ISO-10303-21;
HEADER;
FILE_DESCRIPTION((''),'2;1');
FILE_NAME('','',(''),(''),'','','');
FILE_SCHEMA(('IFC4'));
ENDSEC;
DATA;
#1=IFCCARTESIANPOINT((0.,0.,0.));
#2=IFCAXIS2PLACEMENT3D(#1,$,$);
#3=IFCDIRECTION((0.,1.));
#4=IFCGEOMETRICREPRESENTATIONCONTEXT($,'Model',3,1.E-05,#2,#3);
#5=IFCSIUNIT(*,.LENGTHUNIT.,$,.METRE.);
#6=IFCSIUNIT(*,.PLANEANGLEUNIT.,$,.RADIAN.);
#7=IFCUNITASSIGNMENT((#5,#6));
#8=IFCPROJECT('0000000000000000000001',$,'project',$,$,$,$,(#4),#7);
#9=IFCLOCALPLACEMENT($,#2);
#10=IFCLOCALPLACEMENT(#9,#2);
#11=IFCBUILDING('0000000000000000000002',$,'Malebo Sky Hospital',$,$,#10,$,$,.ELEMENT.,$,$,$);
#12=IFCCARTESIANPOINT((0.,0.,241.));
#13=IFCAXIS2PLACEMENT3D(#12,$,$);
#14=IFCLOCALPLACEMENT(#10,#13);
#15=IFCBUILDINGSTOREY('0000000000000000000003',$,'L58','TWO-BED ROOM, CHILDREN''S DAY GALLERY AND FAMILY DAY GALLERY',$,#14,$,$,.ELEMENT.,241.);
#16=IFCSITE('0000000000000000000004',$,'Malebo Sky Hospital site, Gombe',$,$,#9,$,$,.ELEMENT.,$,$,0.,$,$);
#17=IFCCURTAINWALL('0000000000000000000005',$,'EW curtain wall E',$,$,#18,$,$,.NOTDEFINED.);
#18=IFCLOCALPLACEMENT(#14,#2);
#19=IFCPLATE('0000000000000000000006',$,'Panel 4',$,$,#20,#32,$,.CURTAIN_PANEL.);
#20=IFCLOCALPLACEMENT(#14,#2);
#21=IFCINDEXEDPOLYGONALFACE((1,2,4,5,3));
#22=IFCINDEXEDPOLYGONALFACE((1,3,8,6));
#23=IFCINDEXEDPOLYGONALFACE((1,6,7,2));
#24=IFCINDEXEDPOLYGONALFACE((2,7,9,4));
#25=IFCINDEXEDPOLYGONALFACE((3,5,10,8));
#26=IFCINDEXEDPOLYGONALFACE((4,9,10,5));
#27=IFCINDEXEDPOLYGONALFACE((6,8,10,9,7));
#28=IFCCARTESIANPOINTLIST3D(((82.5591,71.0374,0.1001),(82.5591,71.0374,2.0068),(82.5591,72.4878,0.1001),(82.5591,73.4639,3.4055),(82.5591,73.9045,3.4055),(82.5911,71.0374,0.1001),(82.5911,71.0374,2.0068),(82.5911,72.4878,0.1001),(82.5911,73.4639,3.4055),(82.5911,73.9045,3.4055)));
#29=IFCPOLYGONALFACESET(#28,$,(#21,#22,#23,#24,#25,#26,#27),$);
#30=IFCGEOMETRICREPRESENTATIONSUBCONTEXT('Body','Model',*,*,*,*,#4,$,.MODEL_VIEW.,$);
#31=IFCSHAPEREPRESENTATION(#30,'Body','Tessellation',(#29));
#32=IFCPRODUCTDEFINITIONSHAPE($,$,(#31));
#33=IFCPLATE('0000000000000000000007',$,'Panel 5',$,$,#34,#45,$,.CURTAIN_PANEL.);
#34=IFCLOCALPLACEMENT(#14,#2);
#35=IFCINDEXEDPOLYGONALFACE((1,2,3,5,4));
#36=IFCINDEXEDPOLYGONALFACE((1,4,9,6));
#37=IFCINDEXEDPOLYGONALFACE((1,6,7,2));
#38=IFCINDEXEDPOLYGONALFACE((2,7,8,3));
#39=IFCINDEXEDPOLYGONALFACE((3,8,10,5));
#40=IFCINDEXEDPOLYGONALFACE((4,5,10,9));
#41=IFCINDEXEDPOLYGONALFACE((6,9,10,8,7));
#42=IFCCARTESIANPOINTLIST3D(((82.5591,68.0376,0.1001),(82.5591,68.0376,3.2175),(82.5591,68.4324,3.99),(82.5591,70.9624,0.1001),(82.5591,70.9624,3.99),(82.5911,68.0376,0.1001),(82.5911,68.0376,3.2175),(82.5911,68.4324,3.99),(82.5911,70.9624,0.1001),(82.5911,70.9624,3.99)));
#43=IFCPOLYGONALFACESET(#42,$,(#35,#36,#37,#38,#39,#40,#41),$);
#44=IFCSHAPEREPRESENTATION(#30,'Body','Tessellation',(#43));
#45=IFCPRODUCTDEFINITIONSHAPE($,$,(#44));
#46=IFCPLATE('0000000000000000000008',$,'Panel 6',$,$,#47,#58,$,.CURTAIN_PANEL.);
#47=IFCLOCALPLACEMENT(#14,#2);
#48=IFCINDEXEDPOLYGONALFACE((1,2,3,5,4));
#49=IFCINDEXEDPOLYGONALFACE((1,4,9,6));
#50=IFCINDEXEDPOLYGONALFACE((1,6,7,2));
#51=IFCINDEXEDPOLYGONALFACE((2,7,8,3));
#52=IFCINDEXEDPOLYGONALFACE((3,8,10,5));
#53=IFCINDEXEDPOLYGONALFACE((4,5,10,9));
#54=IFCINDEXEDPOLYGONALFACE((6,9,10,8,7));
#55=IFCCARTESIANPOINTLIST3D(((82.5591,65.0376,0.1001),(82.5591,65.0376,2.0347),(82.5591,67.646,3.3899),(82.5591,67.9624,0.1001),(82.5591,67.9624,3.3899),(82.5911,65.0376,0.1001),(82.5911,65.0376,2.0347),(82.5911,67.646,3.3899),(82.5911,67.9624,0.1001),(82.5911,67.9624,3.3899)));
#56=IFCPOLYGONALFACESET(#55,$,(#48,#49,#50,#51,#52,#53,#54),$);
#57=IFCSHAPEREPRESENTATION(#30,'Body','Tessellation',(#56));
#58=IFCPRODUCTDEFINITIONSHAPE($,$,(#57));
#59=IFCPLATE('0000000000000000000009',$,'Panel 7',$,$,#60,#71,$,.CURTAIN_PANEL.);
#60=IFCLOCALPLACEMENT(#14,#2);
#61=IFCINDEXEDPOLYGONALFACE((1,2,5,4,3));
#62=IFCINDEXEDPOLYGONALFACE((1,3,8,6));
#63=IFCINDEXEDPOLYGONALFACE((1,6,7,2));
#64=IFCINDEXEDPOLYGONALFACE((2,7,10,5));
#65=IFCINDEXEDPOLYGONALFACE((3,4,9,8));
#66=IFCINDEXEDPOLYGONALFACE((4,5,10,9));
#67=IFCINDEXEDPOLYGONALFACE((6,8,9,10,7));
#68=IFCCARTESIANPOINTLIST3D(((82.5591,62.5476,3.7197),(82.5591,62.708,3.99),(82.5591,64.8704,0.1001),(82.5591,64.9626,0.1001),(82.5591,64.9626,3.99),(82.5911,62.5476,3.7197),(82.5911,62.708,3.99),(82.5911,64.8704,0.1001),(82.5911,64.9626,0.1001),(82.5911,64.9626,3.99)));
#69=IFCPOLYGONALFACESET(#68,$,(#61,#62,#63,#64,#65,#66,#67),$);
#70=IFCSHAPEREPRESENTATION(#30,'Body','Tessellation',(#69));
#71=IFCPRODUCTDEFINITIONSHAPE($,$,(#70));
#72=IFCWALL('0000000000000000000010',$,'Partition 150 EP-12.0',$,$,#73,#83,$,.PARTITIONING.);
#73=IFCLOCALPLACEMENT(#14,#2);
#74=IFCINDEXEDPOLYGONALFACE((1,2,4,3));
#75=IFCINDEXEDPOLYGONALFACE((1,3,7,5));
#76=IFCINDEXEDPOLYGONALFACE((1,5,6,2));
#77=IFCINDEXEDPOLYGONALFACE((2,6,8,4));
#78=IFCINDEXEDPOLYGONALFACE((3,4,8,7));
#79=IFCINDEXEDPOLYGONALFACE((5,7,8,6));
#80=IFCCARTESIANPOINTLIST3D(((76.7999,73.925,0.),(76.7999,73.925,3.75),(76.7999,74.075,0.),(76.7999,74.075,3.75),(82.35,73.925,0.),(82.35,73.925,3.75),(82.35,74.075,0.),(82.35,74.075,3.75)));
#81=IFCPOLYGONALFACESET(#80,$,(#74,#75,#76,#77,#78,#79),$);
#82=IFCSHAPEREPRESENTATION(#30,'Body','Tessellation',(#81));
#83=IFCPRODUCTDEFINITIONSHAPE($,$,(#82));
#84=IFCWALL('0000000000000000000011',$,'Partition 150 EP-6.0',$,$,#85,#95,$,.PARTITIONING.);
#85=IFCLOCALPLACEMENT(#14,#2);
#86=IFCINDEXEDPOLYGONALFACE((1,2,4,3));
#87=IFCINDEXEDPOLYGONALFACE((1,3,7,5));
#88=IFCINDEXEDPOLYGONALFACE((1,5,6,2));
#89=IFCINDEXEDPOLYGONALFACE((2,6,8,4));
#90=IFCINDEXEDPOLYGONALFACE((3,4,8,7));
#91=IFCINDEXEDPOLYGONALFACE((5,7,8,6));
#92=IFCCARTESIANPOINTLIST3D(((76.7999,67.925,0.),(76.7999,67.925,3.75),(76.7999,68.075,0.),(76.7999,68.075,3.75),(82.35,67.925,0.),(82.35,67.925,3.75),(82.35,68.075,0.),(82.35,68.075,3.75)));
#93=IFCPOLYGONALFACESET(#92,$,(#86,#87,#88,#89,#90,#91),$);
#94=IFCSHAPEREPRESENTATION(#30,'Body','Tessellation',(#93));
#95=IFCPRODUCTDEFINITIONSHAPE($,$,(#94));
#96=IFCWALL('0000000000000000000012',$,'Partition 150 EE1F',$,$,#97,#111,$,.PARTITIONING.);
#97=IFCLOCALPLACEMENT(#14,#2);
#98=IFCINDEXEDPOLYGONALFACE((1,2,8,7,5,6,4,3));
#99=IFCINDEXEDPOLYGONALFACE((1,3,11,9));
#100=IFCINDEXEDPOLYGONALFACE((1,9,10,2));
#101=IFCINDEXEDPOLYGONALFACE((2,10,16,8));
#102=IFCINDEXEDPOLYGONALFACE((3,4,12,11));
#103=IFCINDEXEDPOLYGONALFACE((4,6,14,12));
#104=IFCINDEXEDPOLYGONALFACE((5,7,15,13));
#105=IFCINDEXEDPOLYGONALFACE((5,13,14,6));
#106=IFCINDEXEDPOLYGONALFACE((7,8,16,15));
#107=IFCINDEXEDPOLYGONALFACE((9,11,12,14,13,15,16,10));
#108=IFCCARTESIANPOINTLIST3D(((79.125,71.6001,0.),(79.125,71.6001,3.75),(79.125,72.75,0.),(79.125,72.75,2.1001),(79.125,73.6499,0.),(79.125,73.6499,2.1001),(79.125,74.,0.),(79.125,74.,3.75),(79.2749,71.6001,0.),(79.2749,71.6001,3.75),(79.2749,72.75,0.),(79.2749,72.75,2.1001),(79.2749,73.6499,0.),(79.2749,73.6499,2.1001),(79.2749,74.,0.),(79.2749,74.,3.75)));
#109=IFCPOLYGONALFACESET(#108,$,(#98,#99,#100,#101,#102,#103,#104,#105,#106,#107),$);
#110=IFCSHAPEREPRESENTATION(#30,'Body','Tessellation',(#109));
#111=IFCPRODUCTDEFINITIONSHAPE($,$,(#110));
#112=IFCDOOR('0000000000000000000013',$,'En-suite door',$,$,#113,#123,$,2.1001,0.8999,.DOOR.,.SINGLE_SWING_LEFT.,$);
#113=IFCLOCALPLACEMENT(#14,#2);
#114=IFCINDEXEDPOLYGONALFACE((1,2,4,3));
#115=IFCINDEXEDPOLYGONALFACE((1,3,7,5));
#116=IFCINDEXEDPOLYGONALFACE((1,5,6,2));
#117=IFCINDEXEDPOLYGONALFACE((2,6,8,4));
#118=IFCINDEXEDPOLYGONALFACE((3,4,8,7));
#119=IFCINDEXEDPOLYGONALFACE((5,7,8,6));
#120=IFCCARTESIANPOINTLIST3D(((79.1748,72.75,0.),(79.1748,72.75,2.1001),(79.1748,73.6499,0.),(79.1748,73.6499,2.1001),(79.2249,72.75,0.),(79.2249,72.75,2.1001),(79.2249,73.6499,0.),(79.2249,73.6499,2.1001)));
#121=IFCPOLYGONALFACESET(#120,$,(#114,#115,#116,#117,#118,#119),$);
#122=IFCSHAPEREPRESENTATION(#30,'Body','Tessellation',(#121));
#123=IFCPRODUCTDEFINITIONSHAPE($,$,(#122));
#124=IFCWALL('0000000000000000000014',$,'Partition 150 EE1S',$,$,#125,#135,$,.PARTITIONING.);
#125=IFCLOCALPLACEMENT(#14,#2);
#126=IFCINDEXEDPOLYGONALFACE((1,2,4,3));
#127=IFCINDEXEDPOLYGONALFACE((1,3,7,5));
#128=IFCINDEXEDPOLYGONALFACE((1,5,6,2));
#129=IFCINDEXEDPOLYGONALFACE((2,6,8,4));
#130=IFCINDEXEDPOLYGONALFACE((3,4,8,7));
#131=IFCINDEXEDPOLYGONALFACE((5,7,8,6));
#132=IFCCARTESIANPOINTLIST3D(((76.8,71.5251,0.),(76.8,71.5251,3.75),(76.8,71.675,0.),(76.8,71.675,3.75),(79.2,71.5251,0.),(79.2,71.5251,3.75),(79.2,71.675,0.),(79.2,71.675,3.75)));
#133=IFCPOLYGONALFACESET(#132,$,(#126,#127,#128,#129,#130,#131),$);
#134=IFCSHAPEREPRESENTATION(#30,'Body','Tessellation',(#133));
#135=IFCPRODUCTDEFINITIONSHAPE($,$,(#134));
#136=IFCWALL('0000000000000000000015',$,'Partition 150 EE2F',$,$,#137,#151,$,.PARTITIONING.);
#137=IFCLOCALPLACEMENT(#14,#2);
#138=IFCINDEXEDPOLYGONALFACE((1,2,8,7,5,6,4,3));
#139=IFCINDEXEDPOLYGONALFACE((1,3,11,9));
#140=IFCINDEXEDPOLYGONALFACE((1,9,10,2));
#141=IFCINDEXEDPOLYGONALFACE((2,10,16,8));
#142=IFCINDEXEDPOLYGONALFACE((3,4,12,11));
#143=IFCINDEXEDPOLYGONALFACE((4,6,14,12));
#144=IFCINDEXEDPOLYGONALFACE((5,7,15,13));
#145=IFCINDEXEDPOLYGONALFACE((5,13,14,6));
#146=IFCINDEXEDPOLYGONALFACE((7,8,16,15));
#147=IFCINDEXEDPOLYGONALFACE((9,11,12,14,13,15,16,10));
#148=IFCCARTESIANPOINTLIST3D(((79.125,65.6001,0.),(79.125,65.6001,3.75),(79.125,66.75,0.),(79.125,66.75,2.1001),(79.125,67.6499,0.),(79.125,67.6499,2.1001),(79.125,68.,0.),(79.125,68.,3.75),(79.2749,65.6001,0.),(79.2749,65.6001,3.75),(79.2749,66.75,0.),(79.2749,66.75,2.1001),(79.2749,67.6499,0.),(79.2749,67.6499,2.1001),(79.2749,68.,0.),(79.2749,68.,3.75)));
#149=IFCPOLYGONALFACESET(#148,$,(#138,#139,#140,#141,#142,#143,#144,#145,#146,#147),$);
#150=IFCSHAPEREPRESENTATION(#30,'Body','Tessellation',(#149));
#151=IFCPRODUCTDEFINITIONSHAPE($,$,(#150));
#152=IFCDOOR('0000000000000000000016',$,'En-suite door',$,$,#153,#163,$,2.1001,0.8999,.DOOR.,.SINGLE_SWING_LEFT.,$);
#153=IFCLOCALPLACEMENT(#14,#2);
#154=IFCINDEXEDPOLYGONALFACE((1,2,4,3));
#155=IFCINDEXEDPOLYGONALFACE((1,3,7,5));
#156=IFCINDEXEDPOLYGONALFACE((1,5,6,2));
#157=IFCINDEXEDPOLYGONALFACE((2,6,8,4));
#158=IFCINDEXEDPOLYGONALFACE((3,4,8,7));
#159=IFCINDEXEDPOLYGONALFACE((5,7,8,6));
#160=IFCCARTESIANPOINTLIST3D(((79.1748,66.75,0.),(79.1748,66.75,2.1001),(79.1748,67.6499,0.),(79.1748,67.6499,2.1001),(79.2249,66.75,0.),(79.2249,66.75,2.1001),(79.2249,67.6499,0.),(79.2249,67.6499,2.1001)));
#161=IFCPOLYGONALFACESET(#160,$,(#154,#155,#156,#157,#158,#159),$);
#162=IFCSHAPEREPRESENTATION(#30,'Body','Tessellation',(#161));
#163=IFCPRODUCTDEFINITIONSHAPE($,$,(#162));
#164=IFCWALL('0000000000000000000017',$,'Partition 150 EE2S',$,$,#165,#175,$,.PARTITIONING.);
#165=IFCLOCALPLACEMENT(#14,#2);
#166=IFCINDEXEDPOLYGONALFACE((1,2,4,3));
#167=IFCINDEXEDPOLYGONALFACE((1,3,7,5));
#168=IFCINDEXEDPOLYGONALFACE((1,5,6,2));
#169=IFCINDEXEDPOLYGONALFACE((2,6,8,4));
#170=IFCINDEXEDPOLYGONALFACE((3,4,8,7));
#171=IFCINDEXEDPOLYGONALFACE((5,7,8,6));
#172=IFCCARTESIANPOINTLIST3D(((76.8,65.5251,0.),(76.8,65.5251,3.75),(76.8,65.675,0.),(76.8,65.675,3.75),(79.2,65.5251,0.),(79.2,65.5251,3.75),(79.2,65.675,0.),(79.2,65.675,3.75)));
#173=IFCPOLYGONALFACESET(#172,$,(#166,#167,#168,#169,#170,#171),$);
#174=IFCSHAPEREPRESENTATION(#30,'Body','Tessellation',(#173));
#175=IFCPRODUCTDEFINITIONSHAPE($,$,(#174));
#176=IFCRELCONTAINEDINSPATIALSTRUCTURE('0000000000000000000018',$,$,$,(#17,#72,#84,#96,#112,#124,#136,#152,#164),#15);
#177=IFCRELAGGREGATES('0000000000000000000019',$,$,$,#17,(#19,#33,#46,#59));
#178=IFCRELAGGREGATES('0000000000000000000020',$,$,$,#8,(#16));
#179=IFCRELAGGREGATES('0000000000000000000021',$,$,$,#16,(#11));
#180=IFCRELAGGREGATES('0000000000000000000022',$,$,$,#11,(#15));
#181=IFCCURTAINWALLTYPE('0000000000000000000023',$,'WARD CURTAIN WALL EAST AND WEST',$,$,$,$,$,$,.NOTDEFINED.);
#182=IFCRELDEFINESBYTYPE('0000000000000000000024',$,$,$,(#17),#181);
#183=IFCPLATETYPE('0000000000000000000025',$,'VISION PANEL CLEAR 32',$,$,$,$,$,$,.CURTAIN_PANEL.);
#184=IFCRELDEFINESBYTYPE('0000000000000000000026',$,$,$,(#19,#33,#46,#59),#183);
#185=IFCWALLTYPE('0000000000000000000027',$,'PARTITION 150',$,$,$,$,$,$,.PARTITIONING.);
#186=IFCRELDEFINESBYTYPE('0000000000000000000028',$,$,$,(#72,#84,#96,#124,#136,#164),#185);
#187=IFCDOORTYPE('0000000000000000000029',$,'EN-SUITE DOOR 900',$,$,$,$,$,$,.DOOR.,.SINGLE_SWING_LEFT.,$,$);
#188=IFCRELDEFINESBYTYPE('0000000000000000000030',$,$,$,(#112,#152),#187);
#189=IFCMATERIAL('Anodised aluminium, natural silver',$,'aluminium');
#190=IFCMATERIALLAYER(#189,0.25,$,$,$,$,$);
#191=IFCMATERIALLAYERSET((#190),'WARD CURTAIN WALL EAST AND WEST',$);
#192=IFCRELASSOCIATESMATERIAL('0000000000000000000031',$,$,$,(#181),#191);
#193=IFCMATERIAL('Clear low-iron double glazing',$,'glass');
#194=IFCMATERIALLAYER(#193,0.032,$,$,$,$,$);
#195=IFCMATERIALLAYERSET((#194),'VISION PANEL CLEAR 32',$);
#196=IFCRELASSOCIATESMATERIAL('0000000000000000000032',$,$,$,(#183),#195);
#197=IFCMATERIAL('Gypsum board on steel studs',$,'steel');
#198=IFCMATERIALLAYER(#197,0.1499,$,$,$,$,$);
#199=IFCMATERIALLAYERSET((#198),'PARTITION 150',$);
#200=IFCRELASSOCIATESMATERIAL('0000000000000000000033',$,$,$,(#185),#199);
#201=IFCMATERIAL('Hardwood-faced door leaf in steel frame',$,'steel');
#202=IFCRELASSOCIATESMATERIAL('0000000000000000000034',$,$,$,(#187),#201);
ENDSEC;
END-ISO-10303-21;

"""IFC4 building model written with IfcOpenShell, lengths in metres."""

from ifc_helpers import new_model, si_unit, direction, frame, frame_2d, origin, place, context, subcontext, project, spatial, polyline, rectangle, outline, extrude, material, layer, layer_set, type_object, element, fill, aggregate, save


model = new_model("IFC4")

# Units and contexts
model_context = context("Model", 3, precision=1e-05, world=origin(), true_north=direction((0.0, 1.0)))
body_context = subcontext(model_context, "Body", "Model", "MODEL_VIEW")
ifc_project = project(units=[si_unit("LENGTHUNIT", "METRE"), si_unit("PLANEANGLEUNIT", "RADIAN")], contexts=[model_context])

# Site, building, storey
site_placement = place(None, origin())
site = spatial("IfcSite", under=ifc_project, at=site_placement, Name="Malebo Sky Hospital site, Gombe", CompositionType="ELEMENT", RefElevation=0.0)
building_placement = place(site_placement, origin())
building = spatial("IfcBuilding", under=site, at=building_placement, Name="Malebo Sky Hospital", CompositionType="ELEMENT")
storey_placement = place(building_placement, frame((0.0, 0.0, 241.0)))
storey = spatial("IfcBuildingStorey", under=building, at=storey_placement, Name="L58", Description="TWO-BED ROOM, CHILDREN'S DAY GALLERY AND FAMILY DAY GALLERY", CompositionType="ELEMENT", Elevation=241.0)

# Curtain wall
ifc_material_1 = material(Name="Anodised aluminium, natural silver", Category="aluminium")
ifc_layer_1 = layer(ifc_material_1, 0.25)
ifc_layer_set_1 = layer_set([ifc_layer_1], Name="WARD CURTAIN WALL EAST AND WEST")
curtain_wall_type = type_object("IfcCurtainWallType", Name="WARD CURTAIN WALL EAST AND WEST", PredefinedType="NOTDEFINED", material=ifc_layer_set_1)
curtain_wall_placement = place(storey_placement, origin())
curtain_wall = element("IfcCurtainWall", 1, at=curtain_wall_placement, inside=storey, type_object=curtain_wall_type, Name="EW curtain wall E", PredefinedType="NOTDEFINED")

# Plates
ifc_material_2 = material(Name="Clear low-iron double glazing", Category="glass")
ifc_layer_2 = layer(ifc_material_2, 0.032)
ifc_layer_set_2 = layer_set([ifc_layer_2], Name="VISION PANEL CLEAR 32")
plate_type = type_object("IfcPlateType", Name="VISION PANEL CLEAR 32", PredefinedType="CURTAIN_PANEL", material=ifc_layer_set_2)
plate_1_placement = place(storey_placement, frame((82.575, 72.4709, 0.1001), z_axis=(0.0, 0.0, 1.0), x_axis=(0.0, -1.0, 0.0)))
plate_1 = element("IfcPlate", 2, at=plate_1_placement, type_object=plate_type, Name="Panel 4", PredefinedType="CURTAIN_PANEL", context=body_context, shape_type="SweptSolid", body=[
    extrude(outline(polyline([(-0.0168, 0.0), (1.4336, 0.0), (1.4336, 1.9067), (-0.9929, 3.3054), (-1.4336, 3.3054), (-0.0168, 0.0)])), frame((0.0, 0.0161, 0.0), z_axis=(0.0, -1.0, 0.0), x_axis=(1.0, 0.0, 0.0)), (0.0, 0.0, 1.0), 0.032),
])
plate_2_placement = place(storey_placement, frame((82.575, 69.5, 0.1001), z_axis=(0.0, 0.0, 1.0), x_axis=(0.0, -1.0, 0.0)))
plate_2 = element("IfcPlate", 3, at=plate_2_placement, type_object=plate_type, Name="Panel 5", PredefinedType="CURTAIN_PANEL", context=body_context, shape_type="SweptSolid", body=[
    extrude(outline(polyline([(-1.4624, 0.0), (1.4624, 0.0), (1.4624, 3.1174), (1.0676, 3.8899), (-1.4624, 3.8899), (-1.4624, 0.0)])), frame((0.0, 0.0161, 0.0), z_axis=(0.0, -1.0, 0.0), x_axis=(1.0, 0.0, 0.0)), (0.0, 0.0, 1.0), 0.032),
])
plate_3_placement = place(storey_placement, frame((82.575, 66.5, 0.1001), z_axis=(0.0, 0.0, 1.0), x_axis=(0.0, -1.0, 0.0)))
plate_3 = element("IfcPlate", 4, at=plate_3_placement, type_object=plate_type, Name="Panel 6", PredefinedType="CURTAIN_PANEL", context=body_context, shape_type="SweptSolid", body=[
    extrude(outline(polyline([(-1.4624, 0.0), (1.4624, 0.0), (1.4624, 1.9346), (-1.146, 3.2898), (-1.4624, 3.2898), (-1.4624, 0.0)])), frame((0.0, 0.0161, 0.0), z_axis=(0.0, -1.0, 0.0), x_axis=(1.0, 0.0, 0.0)), (0.0, 0.0, 1.0), 0.032),
])
plate_4_placement = place(storey_placement, frame((82.575, 63.7551, 0.1001), z_axis=(0.0, 0.0, 1.0), x_axis=(0.0, -1.0, 0.0)))
plate_4 = element("IfcPlate", 5, at=plate_4_placement, type_object=plate_type, Name="Panel 7", PredefinedType="CURTAIN_PANEL", context=body_context, shape_type="SweptSolid", body=[
    extrude(outline(polyline([(-1.2075, 0.0), (-1.1152, 0.0), (1.2075, 3.6196), (1.0471, 3.8899), (-1.2075, 3.8899), (-1.2075, 0.0)])), frame((0.0, 0.0161, 0.0), z_axis=(0.0, -1.0, 0.0), x_axis=(1.0, 0.0, 0.0)), (0.0, 0.0, 1.0), 0.032),
])
aggregate(curtain_wall, [plate_1, plate_2, plate_3, plate_4])

# Walls
ifc_material_3 = material(Name="Gypsum board on steel studs", Category="steel")
ifc_layer_3 = layer(ifc_material_3, 0.1499)
ifc_layer_set_3 = layer_set([ifc_layer_3], Name="PARTITION 150")
wall_type = type_object("IfcWallType", Name="PARTITION 150", PredefinedType="PARTITIONING", material=ifc_layer_set_3)
for number, where, z_axis, x_axis, name in (
    (6, (76.8, 74.0, 0.0), (0.0, 0.0, 1.0), (1.0, 0.0, 0.0), "Partition 150 EP-12.0"),
    (7, (76.8, 68.0, 0.0), (0.0, 0.0, 1.0), (1.0, 0.0, 0.0), "Partition 150 EP-6.0"),
):
    element("IfcWall", number, at=place(storey_placement, frame(where, z_axis=z_axis, x_axis=x_axis)), inside=storey, type_object=wall_type, Name=name, PredefinedType="PARTITIONING", context=body_context, shape_type="SweptSolid", body=[
        extrude(rectangle(XDim=5.55, YDim=0.1499, at=frame_2d((2.7749, 0.0))), origin(), (0.0, 0.0, 1.0), 3.75),
    ])

# Wall, opening, door
wall_1_placement = place(storey_placement, frame((79.2, 74.0, 0.0), z_axis=(0.0, 0.0, 1.0), x_axis=(0.0, -1.0, 0.0)))
wall_1 = element("IfcWall", 8, at=wall_1_placement, inside=storey, type_object=wall_type, Name="Partition 150 EE1F", PredefinedType="PARTITIONING", context=body_context, shape_type="SweptSolid", body=[
    extrude(rectangle(XDim=2.3999, YDim=0.1499, at=frame_2d((1.2, 0.0))), origin(), (0.0, 0.0, 1.0), 3.75),
])
opening_1_placement = place(wall_1_placement, frame((0.3501, 0.0, 0.0)))
opening_1 = element("IfcOpeningElement", 9, at=opening_1_placement, cuts=wall_1, PredefinedType="OPENING", context=body_context, shape_type="SweptSolid", body=[
    extrude(rectangle(XDim=0.8999, YDim=2.1001, at=frame_2d((0.45, 1.05))), frame((0.0, 0.085, 0.0), z_axis=(0.0, -1.0, 0.0), x_axis=(1.0, 0.0, 0.0)), (0.0, 0.0, 1.0), 0.1699),
])
ifc_material_4 = material(Name="Hardwood-faced door leaf in steel frame", Category="steel")
door_type = type_object("IfcDoorType", Name="EN-SUITE DOOR 900", OperationType="SINGLE_SWING_LEFT", PredefinedType="DOOR", material=ifc_material_4)
door_1_placement = place(opening_1_placement, origin())
door_1 = element("IfcDoor", 10, at=door_1_placement, inside=storey, type_object=door_type, Name="En-suite door", OperationType="SINGLE_SWING_LEFT", OverallHeight=2.1001, OverallWidth=0.8999, PredefinedType="DOOR", context=body_context, shape_type="SweptSolid", body=[
    extrude(rectangle(XDim=0.8999, YDim=2.1001, at=frame_2d((0.45, 1.05))), frame((0.0, 0.0249, 0.0), z_axis=(0.0, -1.0, 0.0), x_axis=(1.0, 0.0, 0.0)), (0.0, 0.0, 1.0), 0.05),
])
fill(opening_1, door_1)

# Wall
wall_2_placement = place(storey_placement, frame((76.8, 71.6001, 0.0), z_axis=(0.0, 0.0, 1.0), x_axis=(1.0, 0.0, 0.0)))
element("IfcWall", 11, at=wall_2_placement, inside=storey, type_object=wall_type, Name="Partition 150 EE1S", PredefinedType="PARTITIONING", context=body_context, shape_type="SweptSolid", body=[
    extrude(rectangle(XDim=2.3999, YDim=0.1499, at=frame_2d((1.2, 0.0))), origin(), (0.0, 0.0, 1.0), 3.75),
])

# Wall, opening, door
wall_3_placement = place(storey_placement, frame((79.2, 68.0, 0.0), z_axis=(0.0, 0.0, 1.0), x_axis=(0.0, -1.0, 0.0)))
wall_3 = element("IfcWall", 12, at=wall_3_placement, inside=storey, type_object=wall_type, Name="Partition 150 EE2F", PredefinedType="PARTITIONING", context=body_context, shape_type="SweptSolid", body=[
    extrude(rectangle(XDim=2.3999, YDim=0.1499, at=frame_2d((1.2, 0.0))), origin(), (0.0, 0.0, 1.0), 3.75),
])
opening_2_placement = place(wall_3_placement, frame((0.3501, 0.0, 0.0)))
opening_2 = element("IfcOpeningElement", 13, at=opening_2_placement, cuts=wall_3, PredefinedType="OPENING", context=body_context, shape_type="SweptSolid", body=[
    extrude(rectangle(XDim=0.8999, YDim=2.1001, at=frame_2d((0.45, 1.05))), frame((0.0, 0.085, 0.0), z_axis=(0.0, -1.0, 0.0), x_axis=(1.0, 0.0, 0.0)), (0.0, 0.0, 1.0), 0.1699),
])
door_2_placement = place(opening_2_placement, origin())
door_2 = element("IfcDoor", 14, at=door_2_placement, inside=storey, type_object=door_type, Name="En-suite door", OperationType="SINGLE_SWING_LEFT", OverallHeight=2.1001, OverallWidth=0.8999, PredefinedType="DOOR", context=body_context, shape_type="SweptSolid", body=[
    extrude(rectangle(XDim=0.8999, YDim=2.1001, at=frame_2d((0.45, 1.05))), frame((0.0, 0.0249, 0.0), z_axis=(0.0, -1.0, 0.0), x_axis=(1.0, 0.0, 0.0)), (0.0, 0.0, 1.0), 0.05),
])
fill(opening_2, door_2)

# Wall
wall_4_placement = place(storey_placement, frame((76.8, 65.6001, 0.0), z_axis=(0.0, 0.0, 1.0), x_axis=(1.0, 0.0, 0.0)))
element("IfcWall", 15, at=wall_4_placement, inside=storey, type_object=wall_type, Name="Partition 150 EE2S", PredefinedType="PARTITIONING", context=body_context, shape_type="SweptSolid", body=[
    extrude(rectangle(XDim=2.3999, YDim=0.1499, at=frame_2d((1.2, 0.0))), origin(), (0.0, 0.0, 1.0), 3.75),
])

save(model, "model.ifc")
